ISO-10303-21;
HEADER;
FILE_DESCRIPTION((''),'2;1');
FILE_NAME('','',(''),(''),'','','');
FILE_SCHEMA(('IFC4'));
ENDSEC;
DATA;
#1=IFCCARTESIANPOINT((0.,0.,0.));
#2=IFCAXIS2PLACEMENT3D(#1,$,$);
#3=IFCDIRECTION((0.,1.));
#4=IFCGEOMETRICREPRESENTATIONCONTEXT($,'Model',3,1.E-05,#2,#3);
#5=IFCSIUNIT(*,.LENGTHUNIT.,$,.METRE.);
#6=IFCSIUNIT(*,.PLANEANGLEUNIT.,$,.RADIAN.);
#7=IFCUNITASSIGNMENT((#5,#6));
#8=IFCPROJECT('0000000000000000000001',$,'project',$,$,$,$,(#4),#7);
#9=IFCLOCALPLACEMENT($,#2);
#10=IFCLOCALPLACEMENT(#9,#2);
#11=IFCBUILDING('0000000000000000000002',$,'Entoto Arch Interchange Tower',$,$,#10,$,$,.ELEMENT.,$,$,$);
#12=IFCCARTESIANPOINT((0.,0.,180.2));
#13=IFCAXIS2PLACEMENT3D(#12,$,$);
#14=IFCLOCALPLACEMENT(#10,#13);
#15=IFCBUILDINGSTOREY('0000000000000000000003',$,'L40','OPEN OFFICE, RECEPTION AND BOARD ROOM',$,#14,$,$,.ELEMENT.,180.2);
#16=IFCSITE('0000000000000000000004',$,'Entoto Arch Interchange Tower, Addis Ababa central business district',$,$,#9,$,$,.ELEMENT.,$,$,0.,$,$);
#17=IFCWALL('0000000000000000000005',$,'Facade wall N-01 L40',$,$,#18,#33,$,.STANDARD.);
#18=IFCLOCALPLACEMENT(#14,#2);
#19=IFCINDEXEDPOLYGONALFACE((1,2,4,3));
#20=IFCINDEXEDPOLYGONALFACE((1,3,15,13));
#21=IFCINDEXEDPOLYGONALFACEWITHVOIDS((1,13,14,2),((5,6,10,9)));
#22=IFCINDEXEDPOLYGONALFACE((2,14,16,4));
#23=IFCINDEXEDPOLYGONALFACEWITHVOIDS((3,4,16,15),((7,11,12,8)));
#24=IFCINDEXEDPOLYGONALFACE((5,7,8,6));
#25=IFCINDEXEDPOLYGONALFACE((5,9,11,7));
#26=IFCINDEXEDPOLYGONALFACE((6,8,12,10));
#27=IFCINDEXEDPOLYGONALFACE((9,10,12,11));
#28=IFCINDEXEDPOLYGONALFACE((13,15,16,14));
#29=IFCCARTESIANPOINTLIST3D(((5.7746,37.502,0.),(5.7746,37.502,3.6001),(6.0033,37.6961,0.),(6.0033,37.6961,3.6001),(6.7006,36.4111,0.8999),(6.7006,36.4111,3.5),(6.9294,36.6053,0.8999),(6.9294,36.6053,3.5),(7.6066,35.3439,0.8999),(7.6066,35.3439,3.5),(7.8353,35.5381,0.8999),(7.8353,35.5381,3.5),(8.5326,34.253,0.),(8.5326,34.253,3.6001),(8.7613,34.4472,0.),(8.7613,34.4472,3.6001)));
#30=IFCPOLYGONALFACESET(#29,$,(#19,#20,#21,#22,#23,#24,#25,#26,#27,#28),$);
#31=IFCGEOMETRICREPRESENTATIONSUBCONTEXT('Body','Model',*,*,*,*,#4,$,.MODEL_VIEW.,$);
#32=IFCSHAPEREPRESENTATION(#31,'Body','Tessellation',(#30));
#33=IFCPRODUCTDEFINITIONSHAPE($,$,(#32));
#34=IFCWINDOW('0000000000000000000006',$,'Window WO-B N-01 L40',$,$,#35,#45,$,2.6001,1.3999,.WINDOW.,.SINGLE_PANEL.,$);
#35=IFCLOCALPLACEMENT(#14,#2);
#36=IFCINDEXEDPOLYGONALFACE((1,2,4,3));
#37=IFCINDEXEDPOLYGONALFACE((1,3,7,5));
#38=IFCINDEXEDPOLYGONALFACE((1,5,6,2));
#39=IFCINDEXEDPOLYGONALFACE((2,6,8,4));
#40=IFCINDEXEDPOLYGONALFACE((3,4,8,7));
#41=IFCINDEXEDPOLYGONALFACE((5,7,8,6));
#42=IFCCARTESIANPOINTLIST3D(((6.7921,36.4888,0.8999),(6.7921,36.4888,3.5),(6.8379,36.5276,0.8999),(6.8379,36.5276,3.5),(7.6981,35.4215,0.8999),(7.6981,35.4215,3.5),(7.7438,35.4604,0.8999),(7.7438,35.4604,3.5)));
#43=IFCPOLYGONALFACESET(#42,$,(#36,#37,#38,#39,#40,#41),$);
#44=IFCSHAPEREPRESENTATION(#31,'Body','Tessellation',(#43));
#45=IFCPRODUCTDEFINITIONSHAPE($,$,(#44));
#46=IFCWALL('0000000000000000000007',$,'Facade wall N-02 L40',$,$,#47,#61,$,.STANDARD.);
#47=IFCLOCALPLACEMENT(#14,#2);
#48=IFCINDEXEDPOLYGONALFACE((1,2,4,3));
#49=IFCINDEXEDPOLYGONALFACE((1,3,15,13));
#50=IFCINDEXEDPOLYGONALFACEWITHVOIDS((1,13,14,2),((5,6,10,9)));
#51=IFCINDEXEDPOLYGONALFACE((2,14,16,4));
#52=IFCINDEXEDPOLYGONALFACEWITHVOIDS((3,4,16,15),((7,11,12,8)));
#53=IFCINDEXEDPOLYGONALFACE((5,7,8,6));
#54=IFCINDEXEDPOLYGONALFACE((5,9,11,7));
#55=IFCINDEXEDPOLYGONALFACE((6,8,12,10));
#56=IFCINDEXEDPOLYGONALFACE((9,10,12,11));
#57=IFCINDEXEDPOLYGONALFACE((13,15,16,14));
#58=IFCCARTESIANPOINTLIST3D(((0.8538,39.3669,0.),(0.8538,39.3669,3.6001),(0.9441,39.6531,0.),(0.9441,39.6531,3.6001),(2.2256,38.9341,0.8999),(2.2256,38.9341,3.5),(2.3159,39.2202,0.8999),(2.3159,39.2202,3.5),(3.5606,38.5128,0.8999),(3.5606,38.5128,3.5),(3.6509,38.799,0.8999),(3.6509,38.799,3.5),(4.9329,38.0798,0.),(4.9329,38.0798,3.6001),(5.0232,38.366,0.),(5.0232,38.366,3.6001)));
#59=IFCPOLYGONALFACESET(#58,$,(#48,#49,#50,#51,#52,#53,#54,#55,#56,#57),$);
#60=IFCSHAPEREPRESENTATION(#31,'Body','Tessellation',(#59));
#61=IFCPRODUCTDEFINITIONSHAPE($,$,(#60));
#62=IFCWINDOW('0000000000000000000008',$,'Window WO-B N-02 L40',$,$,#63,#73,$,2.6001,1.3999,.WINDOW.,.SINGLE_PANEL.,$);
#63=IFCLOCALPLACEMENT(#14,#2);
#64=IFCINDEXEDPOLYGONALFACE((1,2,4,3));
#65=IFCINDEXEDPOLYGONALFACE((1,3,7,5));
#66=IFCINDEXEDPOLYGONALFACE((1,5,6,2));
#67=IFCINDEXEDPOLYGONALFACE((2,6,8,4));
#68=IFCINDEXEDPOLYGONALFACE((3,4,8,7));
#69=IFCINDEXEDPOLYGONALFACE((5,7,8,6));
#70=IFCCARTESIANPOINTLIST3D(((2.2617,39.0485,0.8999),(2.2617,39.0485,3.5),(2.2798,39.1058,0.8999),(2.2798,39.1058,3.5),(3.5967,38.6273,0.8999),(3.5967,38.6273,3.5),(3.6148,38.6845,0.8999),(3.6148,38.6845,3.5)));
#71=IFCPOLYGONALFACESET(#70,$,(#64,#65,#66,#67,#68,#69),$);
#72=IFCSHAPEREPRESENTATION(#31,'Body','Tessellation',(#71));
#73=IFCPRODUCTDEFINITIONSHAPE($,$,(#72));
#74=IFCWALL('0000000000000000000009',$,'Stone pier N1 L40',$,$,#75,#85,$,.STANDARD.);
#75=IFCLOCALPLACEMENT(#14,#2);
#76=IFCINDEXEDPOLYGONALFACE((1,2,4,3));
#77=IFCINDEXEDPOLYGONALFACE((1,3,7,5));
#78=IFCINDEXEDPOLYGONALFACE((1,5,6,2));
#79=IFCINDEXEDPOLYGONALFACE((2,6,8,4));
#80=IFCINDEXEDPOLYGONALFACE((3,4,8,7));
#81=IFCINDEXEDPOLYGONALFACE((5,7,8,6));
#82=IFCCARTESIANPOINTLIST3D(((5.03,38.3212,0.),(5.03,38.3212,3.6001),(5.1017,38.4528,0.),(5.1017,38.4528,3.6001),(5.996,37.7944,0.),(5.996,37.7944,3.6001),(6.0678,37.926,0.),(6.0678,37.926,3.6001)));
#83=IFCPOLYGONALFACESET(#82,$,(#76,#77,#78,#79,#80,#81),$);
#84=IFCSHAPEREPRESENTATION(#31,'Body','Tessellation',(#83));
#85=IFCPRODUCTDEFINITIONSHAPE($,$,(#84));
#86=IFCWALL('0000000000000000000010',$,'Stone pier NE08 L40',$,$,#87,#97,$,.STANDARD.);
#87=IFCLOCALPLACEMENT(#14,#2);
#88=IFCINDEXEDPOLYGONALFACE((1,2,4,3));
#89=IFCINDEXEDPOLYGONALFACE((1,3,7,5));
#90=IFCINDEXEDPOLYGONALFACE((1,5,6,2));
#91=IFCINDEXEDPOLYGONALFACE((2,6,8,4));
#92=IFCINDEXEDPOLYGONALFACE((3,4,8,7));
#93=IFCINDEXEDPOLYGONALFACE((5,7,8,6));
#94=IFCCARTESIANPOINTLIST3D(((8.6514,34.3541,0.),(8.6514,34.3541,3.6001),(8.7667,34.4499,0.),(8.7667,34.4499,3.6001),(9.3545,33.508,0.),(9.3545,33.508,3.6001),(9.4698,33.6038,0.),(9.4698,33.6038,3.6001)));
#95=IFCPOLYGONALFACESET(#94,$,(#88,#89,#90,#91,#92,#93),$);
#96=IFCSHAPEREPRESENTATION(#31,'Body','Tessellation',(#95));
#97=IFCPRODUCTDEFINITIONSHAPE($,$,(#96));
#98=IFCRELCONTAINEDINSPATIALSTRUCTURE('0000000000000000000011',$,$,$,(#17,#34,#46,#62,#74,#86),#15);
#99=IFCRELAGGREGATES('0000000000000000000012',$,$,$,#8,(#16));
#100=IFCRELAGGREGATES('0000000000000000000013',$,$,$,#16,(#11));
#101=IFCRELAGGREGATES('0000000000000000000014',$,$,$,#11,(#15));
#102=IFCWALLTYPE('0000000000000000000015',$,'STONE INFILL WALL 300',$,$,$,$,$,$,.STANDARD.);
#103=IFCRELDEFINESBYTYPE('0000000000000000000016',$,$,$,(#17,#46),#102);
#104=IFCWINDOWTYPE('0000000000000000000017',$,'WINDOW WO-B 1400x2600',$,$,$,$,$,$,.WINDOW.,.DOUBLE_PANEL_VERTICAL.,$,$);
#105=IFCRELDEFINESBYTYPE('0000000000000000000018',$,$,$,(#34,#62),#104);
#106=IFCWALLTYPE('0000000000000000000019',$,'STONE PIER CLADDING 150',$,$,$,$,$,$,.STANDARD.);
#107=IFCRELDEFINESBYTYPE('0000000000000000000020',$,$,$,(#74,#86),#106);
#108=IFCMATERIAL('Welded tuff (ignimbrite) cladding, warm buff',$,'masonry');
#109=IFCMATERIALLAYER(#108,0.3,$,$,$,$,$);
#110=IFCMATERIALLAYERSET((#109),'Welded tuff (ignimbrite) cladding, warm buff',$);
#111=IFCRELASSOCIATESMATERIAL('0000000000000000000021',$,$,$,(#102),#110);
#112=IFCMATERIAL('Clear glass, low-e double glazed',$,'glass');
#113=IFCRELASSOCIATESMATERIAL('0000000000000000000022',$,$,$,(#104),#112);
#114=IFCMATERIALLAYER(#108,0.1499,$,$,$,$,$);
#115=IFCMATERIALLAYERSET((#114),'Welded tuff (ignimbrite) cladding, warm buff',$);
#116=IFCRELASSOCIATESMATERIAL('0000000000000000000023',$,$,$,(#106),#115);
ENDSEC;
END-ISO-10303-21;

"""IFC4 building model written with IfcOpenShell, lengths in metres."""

from ifc_helpers import new_model, si_unit, direction, frame, frame_2d, origin, place, context, subcontext, project, spatial, rectangle, extrude, material, layer, layer_set, type_object, element, fill, save


model = new_model("IFC4")

# Units and contexts
model_context = context("Model", 3, precision=1e-05, world=origin(), true_north=direction((0.0, 1.0)))
body_context = subcontext(model_context, "Body", "Model", "MODEL_VIEW")
ifc_project = project(units=[si_unit("LENGTHUNIT", "METRE"), si_unit("PLANEANGLEUNIT", "RADIAN")], contexts=[model_context])

# Site, building, storey
site_placement = place(None, origin())
site = spatial("IfcSite", under=ifc_project, at=site_placement, Name="Entoto Arch Interchange Tower, Addis Ababa central business district", CompositionType="ELEMENT", RefElevation=0.0)
building_placement = place(site_placement, origin())
building = spatial("IfcBuilding", under=site, at=building_placement, Name="Entoto Arch Interchange Tower", CompositionType="ELEMENT")
storey_placement = place(building_placement, frame((0.0, 0.0, 180.2)))
storey = spatial("IfcBuildingStorey", under=building, at=storey_placement, Name="L40", Description="OPEN OFFICE, RECEPTION AND BOARD ROOM", CompositionType="ELEMENT", Elevation=180.2)

# Shared definitions
ifc_material_1 = material(Name="Welded tuff (ignimbrite) cladding, warm buff", Category="masonry")
ifc_layer_1 = layer(ifc_material_1, 0.3)
ifc_layer_set_1 = layer_set([ifc_layer_1], Name="Welded tuff (ignimbrite) cladding, warm buff")
wall_type_1 = type_object("IfcWallType", Name="STONE INFILL WALL 300", PredefinedType="STANDARD", material=ifc_layer_set_1)
ifc_material_2 = material(Name="Clear glass, low-e double glazed", Category="glass")

# Walls, openings, windows
wall_1_placement = place(storey_placement, frame((8.647, 34.3501, 0.0), z_axis=(0.0, 0.0, 1.0), x_axis=(-0.647156, 0.762358, 0.0)))
wall_1 = element("IfcWall", 1, at=wall_1_placement, inside=storey, type_object=wall_type_1, Name="Facade wall N-01 L40", PredefinedType="STANDARD", context=body_context, shape_type="SweptSolid", body=[
    extrude(rectangle(XDim=4.2617, YDim=0.3, at=frame_2d((2.1309, 0.0))), origin(), (0.0, 0.0, 1.0), 3.6001),
])
opening_1_placement = place(wall_1_placement, frame((1.4309, 0.0, 0.8999)))
opening_1 = element("IfcOpeningElement", 2, at=opening_1_placement, cuts=wall_1, PredefinedType="OPENING", context=body_context, shape_type="SweptSolid", body=[
    extrude(rectangle(XDim=1.3999, YDim=2.6001, at=frame_2d((0.7, 1.3))), frame((0.0, 0.1602, 0.0), z_axis=(0.0, -1.0, 0.0), x_axis=(1.0, 0.0, 0.0)), (0.0, 0.0, 1.0), 0.3201),
])
window_type_1 = type_object("IfcWindowType", Name="WINDOW WO-B 1400x2600", PartitioningType="DOUBLE_PANEL_VERTICAL", PredefinedType="WINDOW", material=ifc_material_2)
window_1_placement = place(opening_1_placement, origin())
window_1 = element("IfcWindow", 3, at=window_1_placement, inside=storey, type_object=window_type_1, Name="Window WO-B N-01 L40", OverallHeight=2.6001, OverallWidth=1.3999, PartitioningType="SINGLE_PANEL", PredefinedType="WINDOW", context=body_context, shape_type="SweptSolid", body=[
    extrude(rectangle(XDim=1.3999, YDim=2.6001, at=frame_2d((0.7, 1.3))), frame((0.0, 0.03, 0.0), z_axis=(0.0, -1.0, 0.0), x_axis=(1.0, 0.0, 0.0)), (0.0, 0.0, 1.0), 0.0601),
])
fill(opening_1, window_1)
wall_2_placement = place(storey_placement, frame((4.978, 38.2229, 0.0), z_axis=(0.0, 0.0, 1.0), x_axis=(-0.953652, 0.300913, 0.0)))
wall_2 = element("IfcWall", 4, at=wall_2_placement, inside=storey, type_object=wall_type_1, Name="Facade wall N-02 L40", PredefinedType="STANDARD", context=body_context, shape_type="SweptSolid", body=[
    extrude(rectangle(XDim=4.2773, YDim=0.3, at=frame_2d((2.1387, 0.0))), origin(), (0.0, 0.0, 1.0), 3.6001),
])
opening_2_placement = place(wall_2_placement, frame((1.439, 0.0, 0.8999)))
opening_2 = element("IfcOpeningElement", 5, at=opening_2_placement, cuts=wall_2, PredefinedType="OPENING", context=body_context, shape_type="SweptSolid", body=[
    extrude(rectangle(XDim=1.3999, YDim=2.6001, at=frame_2d((0.7, 1.3))), frame((0.0, 0.1602, 0.0), z_axis=(0.0, -1.0, 0.0), x_axis=(1.0, 0.0, 0.0)), (0.0, 0.0, 1.0), 0.3201),
])
window_2_placement = place(opening_2_placement, origin())
window_2 = element("IfcWindow", 6, at=window_2_placement, inside=storey, type_object=window_type_1, Name="Window WO-B N-02 L40", OverallHeight=2.6001, OverallWidth=1.3999, PartitioningType="SINGLE_PANEL", PredefinedType="WINDOW", context=body_context, shape_type="SweptSolid", body=[
    extrude(rectangle(XDim=1.3999, YDim=2.6001, at=frame_2d((0.7, 1.3))), frame((0.0, 0.03, 0.0), z_axis=(0.0, -1.0, 0.0), x_axis=(1.0, 0.0, 0.0)), (0.0, 0.0, 1.0), 0.0601),
])
fill(opening_2, window_2)

# Walls
ifc_layer_2 = layer(ifc_material_1, 0.1499)
ifc_layer_set_2 = layer_set([ifc_layer_2], Name="Welded tuff (ignimbrite) cladding, warm buff")
wall_type_2 = type_object("IfcWallType", Name="STONE PIER CLADDING 150", PredefinedType="STANDARD", material=ifc_layer_set_2)
wall_3_placement = place(storey_placement, frame((6.032, 37.8601, 0.0), z_axis=(0.0, 0.0, 1.0), x_axis=(-0.877929, 0.47879, 0.0)))
element("IfcWall", 7, at=wall_3_placement, inside=storey, type_object=wall_type_2, Name="Stone pier N1 L40", PredefinedType="STANDARD", context=body_context, shape_type="SweptSolid", body=[
    extrude(rectangle(XDim=1.1003, YDim=0.1499, at=frame_2d((0.5503, 0.0))), origin(), (0.0, 0.0, 1.0), 3.6001),
])
wall_4_placement = place(storey_placement, frame((9.4121, 33.5559, 0.0), z_axis=(0.0, 0.0, 1.0), x_axis=(-0.639092, 0.76913, 0.0)))
element("IfcWall", 8, at=wall_4_placement, inside=storey, type_object=wall_type_2, Name="Stone pier NE08 L40", PredefinedType="STANDARD", context=body_context, shape_type="SweptSolid", body=[
    extrude(rectangle(XDim=1.1001, YDim=0.1499, at=frame_2d((0.55, 0.0))), origin(), (0.0, 0.0, 1.0), 3.6001),
])

save(model, "model.ifc")
